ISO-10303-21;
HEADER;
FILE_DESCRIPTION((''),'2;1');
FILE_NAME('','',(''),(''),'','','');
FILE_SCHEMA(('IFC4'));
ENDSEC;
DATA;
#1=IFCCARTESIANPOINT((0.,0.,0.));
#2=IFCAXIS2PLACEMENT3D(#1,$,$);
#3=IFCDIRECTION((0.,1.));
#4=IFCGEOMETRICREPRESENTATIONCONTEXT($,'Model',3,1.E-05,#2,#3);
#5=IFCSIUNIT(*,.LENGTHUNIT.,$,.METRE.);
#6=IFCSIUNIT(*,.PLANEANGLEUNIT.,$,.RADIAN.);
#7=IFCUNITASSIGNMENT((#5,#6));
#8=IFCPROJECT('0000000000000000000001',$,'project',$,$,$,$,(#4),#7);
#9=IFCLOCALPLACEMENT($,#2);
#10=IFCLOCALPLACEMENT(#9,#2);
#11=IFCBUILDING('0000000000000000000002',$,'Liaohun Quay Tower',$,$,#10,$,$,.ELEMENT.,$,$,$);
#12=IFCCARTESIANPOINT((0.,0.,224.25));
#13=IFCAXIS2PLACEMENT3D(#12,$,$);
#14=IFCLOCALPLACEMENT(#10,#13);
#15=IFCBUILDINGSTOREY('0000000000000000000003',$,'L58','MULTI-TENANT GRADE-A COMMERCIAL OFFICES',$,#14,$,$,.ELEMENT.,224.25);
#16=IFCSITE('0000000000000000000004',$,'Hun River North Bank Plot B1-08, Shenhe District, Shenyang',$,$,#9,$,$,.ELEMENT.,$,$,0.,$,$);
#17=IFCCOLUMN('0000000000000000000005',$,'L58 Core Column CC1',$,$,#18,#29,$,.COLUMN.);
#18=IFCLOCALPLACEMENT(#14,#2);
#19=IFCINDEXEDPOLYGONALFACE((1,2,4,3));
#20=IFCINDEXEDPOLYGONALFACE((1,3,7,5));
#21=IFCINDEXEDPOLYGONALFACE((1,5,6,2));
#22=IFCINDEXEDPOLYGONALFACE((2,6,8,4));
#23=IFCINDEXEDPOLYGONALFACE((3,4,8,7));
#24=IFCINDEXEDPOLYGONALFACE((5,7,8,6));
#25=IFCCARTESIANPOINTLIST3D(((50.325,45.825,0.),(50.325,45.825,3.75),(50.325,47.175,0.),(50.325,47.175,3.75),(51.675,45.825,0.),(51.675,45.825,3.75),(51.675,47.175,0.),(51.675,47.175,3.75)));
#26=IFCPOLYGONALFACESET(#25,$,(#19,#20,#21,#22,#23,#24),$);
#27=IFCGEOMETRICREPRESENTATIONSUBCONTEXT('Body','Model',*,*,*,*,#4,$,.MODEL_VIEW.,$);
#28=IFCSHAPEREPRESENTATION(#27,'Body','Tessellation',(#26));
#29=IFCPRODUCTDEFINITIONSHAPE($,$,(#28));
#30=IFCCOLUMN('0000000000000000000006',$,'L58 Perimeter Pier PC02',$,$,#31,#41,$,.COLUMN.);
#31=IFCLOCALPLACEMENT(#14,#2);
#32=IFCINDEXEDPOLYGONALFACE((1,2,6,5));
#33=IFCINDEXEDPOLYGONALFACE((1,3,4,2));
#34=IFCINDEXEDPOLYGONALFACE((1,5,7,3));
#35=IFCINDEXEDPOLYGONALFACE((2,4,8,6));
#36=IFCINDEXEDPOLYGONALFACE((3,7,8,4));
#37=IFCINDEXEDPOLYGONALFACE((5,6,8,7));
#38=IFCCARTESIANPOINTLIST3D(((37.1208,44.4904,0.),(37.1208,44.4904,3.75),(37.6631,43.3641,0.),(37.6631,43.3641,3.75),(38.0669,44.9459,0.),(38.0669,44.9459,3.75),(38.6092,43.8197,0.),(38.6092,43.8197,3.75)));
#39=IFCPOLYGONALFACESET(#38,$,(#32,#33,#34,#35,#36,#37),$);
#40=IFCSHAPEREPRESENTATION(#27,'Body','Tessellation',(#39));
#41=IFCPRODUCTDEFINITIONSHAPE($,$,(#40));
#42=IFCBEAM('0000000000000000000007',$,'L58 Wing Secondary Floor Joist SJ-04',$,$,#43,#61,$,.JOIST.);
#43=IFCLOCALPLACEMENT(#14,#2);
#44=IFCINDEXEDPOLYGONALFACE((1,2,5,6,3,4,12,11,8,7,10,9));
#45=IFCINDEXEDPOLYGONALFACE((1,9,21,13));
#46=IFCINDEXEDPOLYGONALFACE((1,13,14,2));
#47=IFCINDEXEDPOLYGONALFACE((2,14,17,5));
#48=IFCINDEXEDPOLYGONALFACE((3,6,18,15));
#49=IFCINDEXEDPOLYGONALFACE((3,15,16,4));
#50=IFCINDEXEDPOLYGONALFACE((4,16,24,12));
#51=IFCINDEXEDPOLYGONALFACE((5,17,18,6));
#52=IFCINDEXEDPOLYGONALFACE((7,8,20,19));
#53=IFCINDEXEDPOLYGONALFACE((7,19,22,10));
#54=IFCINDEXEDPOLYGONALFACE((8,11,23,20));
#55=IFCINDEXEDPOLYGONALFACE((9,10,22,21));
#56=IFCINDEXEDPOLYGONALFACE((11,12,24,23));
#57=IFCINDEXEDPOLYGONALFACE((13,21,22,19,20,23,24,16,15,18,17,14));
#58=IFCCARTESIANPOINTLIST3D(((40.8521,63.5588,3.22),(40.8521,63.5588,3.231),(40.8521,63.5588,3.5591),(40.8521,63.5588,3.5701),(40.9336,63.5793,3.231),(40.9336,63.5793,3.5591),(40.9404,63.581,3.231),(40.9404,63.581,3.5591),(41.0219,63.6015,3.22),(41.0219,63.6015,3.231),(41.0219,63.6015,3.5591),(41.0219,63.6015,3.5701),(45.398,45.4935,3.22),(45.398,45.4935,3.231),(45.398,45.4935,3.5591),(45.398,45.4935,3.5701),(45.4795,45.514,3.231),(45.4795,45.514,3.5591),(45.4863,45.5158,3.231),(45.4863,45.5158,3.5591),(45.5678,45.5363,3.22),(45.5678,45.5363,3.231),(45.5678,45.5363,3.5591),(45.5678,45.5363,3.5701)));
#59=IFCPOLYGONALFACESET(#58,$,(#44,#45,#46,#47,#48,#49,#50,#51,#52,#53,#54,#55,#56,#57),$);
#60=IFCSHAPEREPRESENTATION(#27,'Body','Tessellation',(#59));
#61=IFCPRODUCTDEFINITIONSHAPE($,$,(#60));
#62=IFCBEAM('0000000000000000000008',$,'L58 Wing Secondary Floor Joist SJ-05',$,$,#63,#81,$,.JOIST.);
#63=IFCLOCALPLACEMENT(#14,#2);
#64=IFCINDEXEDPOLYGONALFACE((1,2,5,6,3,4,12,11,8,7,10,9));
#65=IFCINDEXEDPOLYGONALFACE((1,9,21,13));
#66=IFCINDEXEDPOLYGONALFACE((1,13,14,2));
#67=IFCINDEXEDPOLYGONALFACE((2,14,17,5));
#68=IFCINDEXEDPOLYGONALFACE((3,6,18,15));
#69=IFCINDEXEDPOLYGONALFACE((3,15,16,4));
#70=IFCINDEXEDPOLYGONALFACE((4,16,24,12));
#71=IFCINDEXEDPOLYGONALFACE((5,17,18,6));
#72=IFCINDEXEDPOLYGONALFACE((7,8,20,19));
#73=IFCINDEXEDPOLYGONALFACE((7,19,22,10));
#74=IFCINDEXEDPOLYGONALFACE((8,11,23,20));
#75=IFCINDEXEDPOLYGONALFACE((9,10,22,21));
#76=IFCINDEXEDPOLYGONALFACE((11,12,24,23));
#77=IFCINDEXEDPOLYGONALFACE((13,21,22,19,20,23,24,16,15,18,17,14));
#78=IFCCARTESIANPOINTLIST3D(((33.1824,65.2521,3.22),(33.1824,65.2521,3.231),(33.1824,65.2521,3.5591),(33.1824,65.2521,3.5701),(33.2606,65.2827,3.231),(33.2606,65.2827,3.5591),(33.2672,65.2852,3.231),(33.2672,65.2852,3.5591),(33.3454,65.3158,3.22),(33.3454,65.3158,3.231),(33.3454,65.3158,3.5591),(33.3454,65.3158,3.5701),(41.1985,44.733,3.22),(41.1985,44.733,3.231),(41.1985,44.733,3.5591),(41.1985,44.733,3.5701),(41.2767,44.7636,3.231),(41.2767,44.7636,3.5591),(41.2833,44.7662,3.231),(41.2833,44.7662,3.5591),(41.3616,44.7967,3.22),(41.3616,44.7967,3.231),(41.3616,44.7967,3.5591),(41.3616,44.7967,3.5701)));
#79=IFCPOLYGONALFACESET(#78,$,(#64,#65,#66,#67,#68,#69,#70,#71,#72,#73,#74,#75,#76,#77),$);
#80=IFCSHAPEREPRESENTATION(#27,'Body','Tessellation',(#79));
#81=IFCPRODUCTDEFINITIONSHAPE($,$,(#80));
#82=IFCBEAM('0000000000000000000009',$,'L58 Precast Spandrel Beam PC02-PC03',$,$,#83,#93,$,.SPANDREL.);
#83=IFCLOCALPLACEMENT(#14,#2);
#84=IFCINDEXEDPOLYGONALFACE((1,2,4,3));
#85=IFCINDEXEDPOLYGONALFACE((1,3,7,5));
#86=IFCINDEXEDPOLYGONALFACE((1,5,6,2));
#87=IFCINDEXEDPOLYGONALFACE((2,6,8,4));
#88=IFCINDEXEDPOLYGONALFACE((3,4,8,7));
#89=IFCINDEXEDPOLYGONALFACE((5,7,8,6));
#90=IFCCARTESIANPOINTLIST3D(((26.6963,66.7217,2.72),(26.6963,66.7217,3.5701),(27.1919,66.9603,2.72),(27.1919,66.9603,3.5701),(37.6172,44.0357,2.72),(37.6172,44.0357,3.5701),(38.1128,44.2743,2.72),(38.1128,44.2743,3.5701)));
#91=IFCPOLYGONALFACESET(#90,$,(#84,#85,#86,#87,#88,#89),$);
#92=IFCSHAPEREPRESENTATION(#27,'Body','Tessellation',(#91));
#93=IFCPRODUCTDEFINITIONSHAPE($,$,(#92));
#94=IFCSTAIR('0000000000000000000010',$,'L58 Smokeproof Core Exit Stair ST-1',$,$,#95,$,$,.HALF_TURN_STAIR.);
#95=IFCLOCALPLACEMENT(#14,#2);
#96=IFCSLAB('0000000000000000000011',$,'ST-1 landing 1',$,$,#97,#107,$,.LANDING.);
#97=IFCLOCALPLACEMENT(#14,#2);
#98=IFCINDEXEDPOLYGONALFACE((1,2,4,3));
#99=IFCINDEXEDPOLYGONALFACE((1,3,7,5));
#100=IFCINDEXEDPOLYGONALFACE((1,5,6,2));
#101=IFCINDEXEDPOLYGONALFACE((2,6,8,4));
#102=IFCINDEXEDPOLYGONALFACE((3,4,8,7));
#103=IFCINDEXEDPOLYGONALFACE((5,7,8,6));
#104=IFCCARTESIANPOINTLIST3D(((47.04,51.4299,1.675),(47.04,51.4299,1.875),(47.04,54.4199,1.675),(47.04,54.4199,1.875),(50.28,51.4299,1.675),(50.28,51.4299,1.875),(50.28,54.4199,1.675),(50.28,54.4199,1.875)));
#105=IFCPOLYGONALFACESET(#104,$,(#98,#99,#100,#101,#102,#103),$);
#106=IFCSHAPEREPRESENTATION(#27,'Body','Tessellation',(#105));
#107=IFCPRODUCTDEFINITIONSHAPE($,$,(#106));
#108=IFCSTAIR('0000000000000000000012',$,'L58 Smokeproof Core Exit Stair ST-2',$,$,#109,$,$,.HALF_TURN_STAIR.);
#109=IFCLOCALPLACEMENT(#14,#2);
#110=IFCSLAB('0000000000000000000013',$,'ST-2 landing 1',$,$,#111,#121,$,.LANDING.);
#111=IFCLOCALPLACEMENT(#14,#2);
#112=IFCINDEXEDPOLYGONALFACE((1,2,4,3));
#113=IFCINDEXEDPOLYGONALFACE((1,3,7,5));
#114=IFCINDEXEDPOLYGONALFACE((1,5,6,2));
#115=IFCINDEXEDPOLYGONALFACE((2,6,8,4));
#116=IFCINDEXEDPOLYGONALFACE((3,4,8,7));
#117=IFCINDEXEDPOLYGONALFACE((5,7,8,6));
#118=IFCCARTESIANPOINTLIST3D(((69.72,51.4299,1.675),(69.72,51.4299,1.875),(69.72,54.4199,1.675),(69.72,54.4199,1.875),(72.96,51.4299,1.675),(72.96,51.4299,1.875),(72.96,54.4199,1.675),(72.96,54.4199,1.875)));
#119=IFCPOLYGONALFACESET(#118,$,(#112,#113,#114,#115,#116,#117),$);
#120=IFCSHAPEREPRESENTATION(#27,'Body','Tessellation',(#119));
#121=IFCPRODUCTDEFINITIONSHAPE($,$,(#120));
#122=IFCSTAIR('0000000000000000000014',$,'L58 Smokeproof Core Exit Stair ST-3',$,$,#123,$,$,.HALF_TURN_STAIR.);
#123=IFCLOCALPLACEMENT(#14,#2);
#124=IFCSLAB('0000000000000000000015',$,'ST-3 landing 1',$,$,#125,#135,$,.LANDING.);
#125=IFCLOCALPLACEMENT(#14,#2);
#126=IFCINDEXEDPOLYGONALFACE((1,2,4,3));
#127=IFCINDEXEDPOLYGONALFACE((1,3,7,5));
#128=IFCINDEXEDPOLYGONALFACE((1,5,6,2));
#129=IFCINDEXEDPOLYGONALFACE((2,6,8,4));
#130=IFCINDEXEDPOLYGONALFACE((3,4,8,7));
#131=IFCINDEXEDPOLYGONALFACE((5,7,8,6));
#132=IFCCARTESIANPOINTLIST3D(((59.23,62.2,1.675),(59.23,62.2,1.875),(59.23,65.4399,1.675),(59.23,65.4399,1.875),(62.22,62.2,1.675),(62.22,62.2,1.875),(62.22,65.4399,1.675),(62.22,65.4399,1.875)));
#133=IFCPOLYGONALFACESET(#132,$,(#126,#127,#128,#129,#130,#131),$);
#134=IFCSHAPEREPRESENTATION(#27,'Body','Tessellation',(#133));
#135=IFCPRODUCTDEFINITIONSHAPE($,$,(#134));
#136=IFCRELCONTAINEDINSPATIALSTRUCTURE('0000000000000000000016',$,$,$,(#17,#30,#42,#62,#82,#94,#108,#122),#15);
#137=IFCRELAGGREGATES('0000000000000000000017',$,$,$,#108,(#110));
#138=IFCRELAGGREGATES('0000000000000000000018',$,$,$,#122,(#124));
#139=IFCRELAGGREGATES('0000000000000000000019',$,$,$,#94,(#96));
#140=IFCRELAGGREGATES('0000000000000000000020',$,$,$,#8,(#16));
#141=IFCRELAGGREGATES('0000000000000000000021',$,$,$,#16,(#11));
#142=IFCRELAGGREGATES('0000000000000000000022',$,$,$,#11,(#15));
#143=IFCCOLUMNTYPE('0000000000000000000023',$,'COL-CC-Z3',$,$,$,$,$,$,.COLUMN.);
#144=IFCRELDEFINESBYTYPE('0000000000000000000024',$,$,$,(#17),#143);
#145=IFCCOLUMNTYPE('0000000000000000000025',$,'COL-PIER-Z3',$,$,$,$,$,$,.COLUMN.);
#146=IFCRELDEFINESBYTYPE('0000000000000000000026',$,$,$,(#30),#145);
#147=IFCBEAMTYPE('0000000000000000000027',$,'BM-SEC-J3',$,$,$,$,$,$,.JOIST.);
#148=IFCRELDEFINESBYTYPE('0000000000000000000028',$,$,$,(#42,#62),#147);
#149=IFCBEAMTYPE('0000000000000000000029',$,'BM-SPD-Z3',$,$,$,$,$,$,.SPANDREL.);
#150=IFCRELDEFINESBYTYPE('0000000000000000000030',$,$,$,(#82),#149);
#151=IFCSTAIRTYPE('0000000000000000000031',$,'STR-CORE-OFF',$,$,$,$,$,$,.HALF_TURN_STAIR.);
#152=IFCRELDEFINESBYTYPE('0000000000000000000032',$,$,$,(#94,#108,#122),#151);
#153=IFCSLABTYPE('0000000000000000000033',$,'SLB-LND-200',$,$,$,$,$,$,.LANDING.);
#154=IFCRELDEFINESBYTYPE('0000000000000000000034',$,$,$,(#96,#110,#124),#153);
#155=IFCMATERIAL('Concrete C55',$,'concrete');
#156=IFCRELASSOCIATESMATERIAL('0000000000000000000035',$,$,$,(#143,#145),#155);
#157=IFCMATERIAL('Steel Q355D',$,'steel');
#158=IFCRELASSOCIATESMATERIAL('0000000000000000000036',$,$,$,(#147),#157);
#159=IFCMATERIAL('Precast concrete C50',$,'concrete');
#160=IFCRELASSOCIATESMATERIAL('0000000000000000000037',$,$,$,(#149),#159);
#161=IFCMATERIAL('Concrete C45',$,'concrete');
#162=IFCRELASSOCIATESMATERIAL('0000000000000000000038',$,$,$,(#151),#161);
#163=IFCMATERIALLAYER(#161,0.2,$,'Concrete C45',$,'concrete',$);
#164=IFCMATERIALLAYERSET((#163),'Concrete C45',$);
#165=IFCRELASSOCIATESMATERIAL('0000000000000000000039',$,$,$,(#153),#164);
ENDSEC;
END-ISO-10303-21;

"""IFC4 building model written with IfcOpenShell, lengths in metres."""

from ifc_helpers import new_model, si_unit, direction, frame, origin, origin_2d, place, context, subcontext, project, spatial, polyline, rectangle, i_section, outline, extrude, source, transform, mapped, material, layer, layer_set, material_profile, profile_set, type_object, element, aggregate, save


model = new_model("IFC4")

# Units and contexts
model_context = context("Model", 3, precision=1e-05, world=origin(), true_north=direction((0.0, 1.0)))
body_context = subcontext(model_context, "Body", "Model", "MODEL_VIEW")
ifc_project = project(units=[si_unit("LENGTHUNIT", "METRE"), si_unit("PLANEANGLEUNIT", "RADIAN")], contexts=[model_context])

# Site, building, storey
site_placement = place(None, origin())
site = spatial("IfcSite", under=ifc_project, at=site_placement, Name="Hun River North Bank Plot B1-08, Shenhe District, Shenyang", CompositionType="ELEMENT", RefElevation=0.0)
building_placement = place(site_placement, origin())
building = spatial("IfcBuilding", under=site, at=building_placement, Name="Liaohun Quay Tower", CompositionType="ELEMENT")
storey_placement = place(building_placement, frame((0.0, 0.0, 224.25)))
storey = spatial("IfcBuildingStorey", under=building, at=storey_placement, Name="L58", Description="MULTI-TENANT GRADE-A COMMERCIAL OFFICES", CompositionType="ELEMENT", Elevation=224.25)

# Columns
ifc_material_1 = material(Name="Concrete C55", Category="concrete")
ifc_material_profile_1 = material_profile(ifc_material_1, rectangle(XDim=1.3501, YDim=1.3501, at=origin_2d()), Name="RC1350x1350")
ifc_profile_set_1 = profile_set([ifc_material_profile_1], Name="Concrete C55")
column_type_1 = type_object("IfcColumnType", Name="COL-CC-Z3", PredefinedType="COLUMN", material=ifc_profile_set_1)
shared_shape_1 = source(origin(), body_context, "Body", "SweptSolid", [
    extrude(rectangle(XDim=1.3501, YDim=1.3501, at=origin_2d()), origin(), (0.0, 0.0, 1.0), 3.75),
])
column_1_placement = place(storey_placement, frame((51.0, 46.5, 0.0), z_axis=(0.0, 0.0, 1.0), x_axis=(1.0, 0.0, 0.0)))
element("IfcColumn", 1, at=column_1_placement, inside=storey, type_object=column_type_1, Name="L58 Core Column CC1", PredefinedType="COLUMN", context=body_context, shape_type="MappedRepresentation", body=[
    mapped(shared_shape_1, transform((0.0, 0.0, 0.0), x_axis=(1.0, 0.0, 0.0), y_axis=(0.0, 1.0, 0.0), z_axis=(0.0, 0.0, 1.0), scale=1.0)),
])
ifc_material_profile_2 = material_profile(ifc_material_1, rectangle(XDim=1.25, YDim=1.05, at=origin_2d()), Name="RC1250x1050")
ifc_profile_set_2 = profile_set([ifc_material_profile_2], Name="Concrete C55")
column_type_2 = type_object("IfcColumnType", Name="COL-PIER-Z3", PredefinedType="COLUMN", material=ifc_profile_set_2)
shared_shape_2 = source(origin(), body_context, "Body", "SweptSolid", [
    extrude(rectangle(XDim=1.25, YDim=1.05, at=origin_2d()), origin(), (0.0, 0.0, 1.0), 3.75),
])
column_2_placement = place(storey_placement, frame((37.865, 44.155, 0.0), z_axis=(0.0, 0.0, 1.0), x_axis=(-0.433816, 0.901001, 0.0)))
element("IfcColumn", 2, at=column_2_placement, inside=storey, type_object=column_type_2, Name="L58 Perimeter Pier PC02", PredefinedType="COLUMN", context=body_context, shape_type="MappedRepresentation", body=[
    mapped(shared_shape_2, transform((0.0, 0.0, 0.0), x_axis=(1.0, 0.0, 0.0), y_axis=(0.0, 1.0, 0.0), z_axis=(0.0, 0.0, 1.0), scale=1.0)),
])

# Beams
ifc_material_2 = material(Name="Steel Q355D", Category="steel")
ifc_material_profile_3 = material_profile(ifc_material_2, i_section(OverallWidth=0.175, OverallDepth=0.3501, WebThickness=0.0071, FlangeThickness=0.011, at=origin_2d()), Name="HN350x175x7x11")
ifc_profile_set_3 = profile_set([ifc_material_profile_3], Name="Steel Q355D")
beam_type_1 = type_object("IfcBeamType", Name="BM-SEC-J3", PredefinedType="JOIST", material=ifc_profile_set_3)
shared_shape_3 = source(origin(), body_context, "Body", "SweptSolid", [
    extrude(i_section(OverallWidth=0.175, OverallDepth=0.3501, WebThickness=0.0071, FlangeThickness=0.011, at=origin_2d()), origin(), (0.0, 0.0, 1.0), 18.6284),
])
beam_1_placement = place(storey_placement, frame((45.4829, 45.5149, 3.395), z_axis=(-0.244031, 0.969767, 0.0), x_axis=(-0.969767, -0.244031, 0.0)))
element("IfcBeam", 3, at=beam_1_placement, inside=storey, type_object=beam_type_1, Name="L58 Wing Secondary Floor Joist SJ-04", PredefinedType="JOIST", context=body_context, shape_type="MappedRepresentation", body=[
    mapped(shared_shape_3, transform((0.0, 0.0, 0.0), x_axis=(1.0, 0.0, 0.0), y_axis=(0.0, 1.0, 0.0), z_axis=(0.0, 0.0, 1.0), scale=1.0)),
])
shared_shape_4 = source(origin(), body_context, "Body", "SweptSolid", [
    extrude(i_section(OverallWidth=0.175, OverallDepth=0.3501, WebThickness=0.0071, FlangeThickness=0.011, at=origin_2d()), origin(), (0.0, 0.0, 1.0), 22.0293),
])
beam_2_placement = place(storey_placement, frame((41.28, 44.7649, 3.395), z_axis=(-0.363884, 0.931444, 0.0), x_axis=(-0.931444, -0.363884, 0.0)))
element("IfcBeam", 4, at=beam_2_placement, inside=storey, type_object=beam_type_1, Name="L58 Wing Secondary Floor Joist SJ-05", PredefinedType="JOIST", context=body_context, shape_type="MappedRepresentation", body=[
    mapped(shared_shape_4, transform((0.0, 0.0, 0.0), x_axis=(1.0, 0.0, 0.0), y_axis=(0.0, 1.0, 0.0), z_axis=(0.0, 0.0, 1.0), scale=1.0)),
])
ifc_material_3 = material(Name="Precast concrete C50", Category="concrete")
ifc_material_profile_4 = material_profile(ifc_material_3, rectangle(XDim=0.55, YDim=0.8501, at=origin_2d()), Name="RC550x850")
ifc_profile_set_4 = profile_set([ifc_material_profile_4], Name="Precast concrete C50")
beam_type_2 = type_object("IfcBeamType", Name="BM-SPD-Z3", PredefinedType="SPANDREL", material=ifc_profile_set_4)
shared_shape_5 = source(origin(), body_context, "Body", "SweptSolid", [
    extrude(rectangle(XDim=0.55, YDim=0.8501, at=origin_2d()), origin(), (0.0, 0.0, 1.0), 25.1777),
])
beam_3_placement = place(storey_placement, frame((37.865, 44.155, 3.145), z_axis=(-0.433751, 0.901033, 0.0), x_axis=(-0.901033, -0.433751, 0.0)))
element("IfcBeam", 5, at=beam_3_placement, inside=storey, type_object=beam_type_2, Name="L58 Precast Spandrel Beam PC02-PC03", PredefinedType="SPANDREL", context=body_context, shape_type="MappedRepresentation", body=[
    mapped(shared_shape_5, transform((0.0, 0.0, 0.0), x_axis=(1.0, 0.0, 0.0), y_axis=(0.0, 1.0, 0.0), z_axis=(0.0, 0.0, 1.0), scale=1.0)),
])

# Stairs, slabs
ifc_material_4 = material(Name="Concrete C45", Category="concrete")
stair_type = type_object("IfcStairType", Name="STR-CORE-OFF", PredefinedType="HALF_TURN_STAIR", material=ifc_material_4)
stair_1_placement = place(storey_placement, origin())
stair_1 = element("IfcStair", 6, at=stair_1_placement, inside=storey, type_object=stair_type, Name="L58 Smokeproof Core Exit Stair ST-1", PredefinedType="HALF_TURN_STAIR")
ifc_layer_1 = layer(ifc_material_4, 0.2, Name="Concrete C45", Category="concrete")
ifc_layer_set_1 = layer_set([ifc_layer_1], Name="Concrete C45")
slab_type_1 = type_object("IfcSlabType", Name="SLB-LND-200", PredefinedType="LANDING", material=ifc_layer_set_1)
slab_1_placement = place(storey_placement, frame((0.0, 0.0, 1.675)))
slab_1 = element("IfcSlab", 7, at=slab_1_placement, type_object=slab_type_1, Name="ST-1 landing 1", PredefinedType="LANDING", context=body_context, shape_type="SweptSolid", body=[
    extrude(outline(polyline([(50.28, 51.4299), (50.28, 54.4199), (47.04, 54.4199), (47.04, 51.4299), (50.28, 51.4299)])), origin(), (0.0, 0.0, 1.0), 0.2),
])
stair_2_placement = place(storey_placement, origin())
stair_2 = element("IfcStair", 8, at=stair_2_placement, inside=storey, type_object=stair_type, Name="L58 Smokeproof Core Exit Stair ST-2", PredefinedType="HALF_TURN_STAIR")
slab_2_placement = place(storey_placement, frame((0.0, 0.0, 1.675)))
slab_2 = element("IfcSlab", 9, at=slab_2_placement, type_object=slab_type_1, Name="ST-2 landing 1", PredefinedType="LANDING", context=body_context, shape_type="SweptSolid", body=[
    extrude(outline(polyline([(72.96, 51.4299), (72.96, 54.4199), (69.72, 54.4199), (69.72, 51.4299), (72.96, 51.4299)])), origin(), (0.0, 0.0, 1.0), 0.2),
])
aggregate(stair_2, [slab_2])
stair_3_placement = place(storey_placement, origin())
stair_3 = element("IfcStair", 10, at=stair_3_placement, inside=storey, type_object=stair_type, Name="L58 Smokeproof Core Exit Stair ST-3", PredefinedType="HALF_TURN_STAIR")
slab_3_placement = place(storey_placement, frame((0.0, 0.0, 1.675)))
slab_3 = element("IfcSlab", 11, at=slab_3_placement, type_object=slab_type_1, Name="ST-3 landing 1", PredefinedType="LANDING", context=body_context, shape_type="SweptSolid", body=[
    extrude(outline(polyline([(59.23, 62.2), (62.22, 62.2), (62.22, 65.4399), (59.23, 65.4399), (59.23, 62.2)])), origin(), (0.0, 0.0, 1.0), 0.2),
])
aggregate(stair_3, [slab_3])

aggregate(stair_1, [slab_1])

save(model, "model.ifc")
